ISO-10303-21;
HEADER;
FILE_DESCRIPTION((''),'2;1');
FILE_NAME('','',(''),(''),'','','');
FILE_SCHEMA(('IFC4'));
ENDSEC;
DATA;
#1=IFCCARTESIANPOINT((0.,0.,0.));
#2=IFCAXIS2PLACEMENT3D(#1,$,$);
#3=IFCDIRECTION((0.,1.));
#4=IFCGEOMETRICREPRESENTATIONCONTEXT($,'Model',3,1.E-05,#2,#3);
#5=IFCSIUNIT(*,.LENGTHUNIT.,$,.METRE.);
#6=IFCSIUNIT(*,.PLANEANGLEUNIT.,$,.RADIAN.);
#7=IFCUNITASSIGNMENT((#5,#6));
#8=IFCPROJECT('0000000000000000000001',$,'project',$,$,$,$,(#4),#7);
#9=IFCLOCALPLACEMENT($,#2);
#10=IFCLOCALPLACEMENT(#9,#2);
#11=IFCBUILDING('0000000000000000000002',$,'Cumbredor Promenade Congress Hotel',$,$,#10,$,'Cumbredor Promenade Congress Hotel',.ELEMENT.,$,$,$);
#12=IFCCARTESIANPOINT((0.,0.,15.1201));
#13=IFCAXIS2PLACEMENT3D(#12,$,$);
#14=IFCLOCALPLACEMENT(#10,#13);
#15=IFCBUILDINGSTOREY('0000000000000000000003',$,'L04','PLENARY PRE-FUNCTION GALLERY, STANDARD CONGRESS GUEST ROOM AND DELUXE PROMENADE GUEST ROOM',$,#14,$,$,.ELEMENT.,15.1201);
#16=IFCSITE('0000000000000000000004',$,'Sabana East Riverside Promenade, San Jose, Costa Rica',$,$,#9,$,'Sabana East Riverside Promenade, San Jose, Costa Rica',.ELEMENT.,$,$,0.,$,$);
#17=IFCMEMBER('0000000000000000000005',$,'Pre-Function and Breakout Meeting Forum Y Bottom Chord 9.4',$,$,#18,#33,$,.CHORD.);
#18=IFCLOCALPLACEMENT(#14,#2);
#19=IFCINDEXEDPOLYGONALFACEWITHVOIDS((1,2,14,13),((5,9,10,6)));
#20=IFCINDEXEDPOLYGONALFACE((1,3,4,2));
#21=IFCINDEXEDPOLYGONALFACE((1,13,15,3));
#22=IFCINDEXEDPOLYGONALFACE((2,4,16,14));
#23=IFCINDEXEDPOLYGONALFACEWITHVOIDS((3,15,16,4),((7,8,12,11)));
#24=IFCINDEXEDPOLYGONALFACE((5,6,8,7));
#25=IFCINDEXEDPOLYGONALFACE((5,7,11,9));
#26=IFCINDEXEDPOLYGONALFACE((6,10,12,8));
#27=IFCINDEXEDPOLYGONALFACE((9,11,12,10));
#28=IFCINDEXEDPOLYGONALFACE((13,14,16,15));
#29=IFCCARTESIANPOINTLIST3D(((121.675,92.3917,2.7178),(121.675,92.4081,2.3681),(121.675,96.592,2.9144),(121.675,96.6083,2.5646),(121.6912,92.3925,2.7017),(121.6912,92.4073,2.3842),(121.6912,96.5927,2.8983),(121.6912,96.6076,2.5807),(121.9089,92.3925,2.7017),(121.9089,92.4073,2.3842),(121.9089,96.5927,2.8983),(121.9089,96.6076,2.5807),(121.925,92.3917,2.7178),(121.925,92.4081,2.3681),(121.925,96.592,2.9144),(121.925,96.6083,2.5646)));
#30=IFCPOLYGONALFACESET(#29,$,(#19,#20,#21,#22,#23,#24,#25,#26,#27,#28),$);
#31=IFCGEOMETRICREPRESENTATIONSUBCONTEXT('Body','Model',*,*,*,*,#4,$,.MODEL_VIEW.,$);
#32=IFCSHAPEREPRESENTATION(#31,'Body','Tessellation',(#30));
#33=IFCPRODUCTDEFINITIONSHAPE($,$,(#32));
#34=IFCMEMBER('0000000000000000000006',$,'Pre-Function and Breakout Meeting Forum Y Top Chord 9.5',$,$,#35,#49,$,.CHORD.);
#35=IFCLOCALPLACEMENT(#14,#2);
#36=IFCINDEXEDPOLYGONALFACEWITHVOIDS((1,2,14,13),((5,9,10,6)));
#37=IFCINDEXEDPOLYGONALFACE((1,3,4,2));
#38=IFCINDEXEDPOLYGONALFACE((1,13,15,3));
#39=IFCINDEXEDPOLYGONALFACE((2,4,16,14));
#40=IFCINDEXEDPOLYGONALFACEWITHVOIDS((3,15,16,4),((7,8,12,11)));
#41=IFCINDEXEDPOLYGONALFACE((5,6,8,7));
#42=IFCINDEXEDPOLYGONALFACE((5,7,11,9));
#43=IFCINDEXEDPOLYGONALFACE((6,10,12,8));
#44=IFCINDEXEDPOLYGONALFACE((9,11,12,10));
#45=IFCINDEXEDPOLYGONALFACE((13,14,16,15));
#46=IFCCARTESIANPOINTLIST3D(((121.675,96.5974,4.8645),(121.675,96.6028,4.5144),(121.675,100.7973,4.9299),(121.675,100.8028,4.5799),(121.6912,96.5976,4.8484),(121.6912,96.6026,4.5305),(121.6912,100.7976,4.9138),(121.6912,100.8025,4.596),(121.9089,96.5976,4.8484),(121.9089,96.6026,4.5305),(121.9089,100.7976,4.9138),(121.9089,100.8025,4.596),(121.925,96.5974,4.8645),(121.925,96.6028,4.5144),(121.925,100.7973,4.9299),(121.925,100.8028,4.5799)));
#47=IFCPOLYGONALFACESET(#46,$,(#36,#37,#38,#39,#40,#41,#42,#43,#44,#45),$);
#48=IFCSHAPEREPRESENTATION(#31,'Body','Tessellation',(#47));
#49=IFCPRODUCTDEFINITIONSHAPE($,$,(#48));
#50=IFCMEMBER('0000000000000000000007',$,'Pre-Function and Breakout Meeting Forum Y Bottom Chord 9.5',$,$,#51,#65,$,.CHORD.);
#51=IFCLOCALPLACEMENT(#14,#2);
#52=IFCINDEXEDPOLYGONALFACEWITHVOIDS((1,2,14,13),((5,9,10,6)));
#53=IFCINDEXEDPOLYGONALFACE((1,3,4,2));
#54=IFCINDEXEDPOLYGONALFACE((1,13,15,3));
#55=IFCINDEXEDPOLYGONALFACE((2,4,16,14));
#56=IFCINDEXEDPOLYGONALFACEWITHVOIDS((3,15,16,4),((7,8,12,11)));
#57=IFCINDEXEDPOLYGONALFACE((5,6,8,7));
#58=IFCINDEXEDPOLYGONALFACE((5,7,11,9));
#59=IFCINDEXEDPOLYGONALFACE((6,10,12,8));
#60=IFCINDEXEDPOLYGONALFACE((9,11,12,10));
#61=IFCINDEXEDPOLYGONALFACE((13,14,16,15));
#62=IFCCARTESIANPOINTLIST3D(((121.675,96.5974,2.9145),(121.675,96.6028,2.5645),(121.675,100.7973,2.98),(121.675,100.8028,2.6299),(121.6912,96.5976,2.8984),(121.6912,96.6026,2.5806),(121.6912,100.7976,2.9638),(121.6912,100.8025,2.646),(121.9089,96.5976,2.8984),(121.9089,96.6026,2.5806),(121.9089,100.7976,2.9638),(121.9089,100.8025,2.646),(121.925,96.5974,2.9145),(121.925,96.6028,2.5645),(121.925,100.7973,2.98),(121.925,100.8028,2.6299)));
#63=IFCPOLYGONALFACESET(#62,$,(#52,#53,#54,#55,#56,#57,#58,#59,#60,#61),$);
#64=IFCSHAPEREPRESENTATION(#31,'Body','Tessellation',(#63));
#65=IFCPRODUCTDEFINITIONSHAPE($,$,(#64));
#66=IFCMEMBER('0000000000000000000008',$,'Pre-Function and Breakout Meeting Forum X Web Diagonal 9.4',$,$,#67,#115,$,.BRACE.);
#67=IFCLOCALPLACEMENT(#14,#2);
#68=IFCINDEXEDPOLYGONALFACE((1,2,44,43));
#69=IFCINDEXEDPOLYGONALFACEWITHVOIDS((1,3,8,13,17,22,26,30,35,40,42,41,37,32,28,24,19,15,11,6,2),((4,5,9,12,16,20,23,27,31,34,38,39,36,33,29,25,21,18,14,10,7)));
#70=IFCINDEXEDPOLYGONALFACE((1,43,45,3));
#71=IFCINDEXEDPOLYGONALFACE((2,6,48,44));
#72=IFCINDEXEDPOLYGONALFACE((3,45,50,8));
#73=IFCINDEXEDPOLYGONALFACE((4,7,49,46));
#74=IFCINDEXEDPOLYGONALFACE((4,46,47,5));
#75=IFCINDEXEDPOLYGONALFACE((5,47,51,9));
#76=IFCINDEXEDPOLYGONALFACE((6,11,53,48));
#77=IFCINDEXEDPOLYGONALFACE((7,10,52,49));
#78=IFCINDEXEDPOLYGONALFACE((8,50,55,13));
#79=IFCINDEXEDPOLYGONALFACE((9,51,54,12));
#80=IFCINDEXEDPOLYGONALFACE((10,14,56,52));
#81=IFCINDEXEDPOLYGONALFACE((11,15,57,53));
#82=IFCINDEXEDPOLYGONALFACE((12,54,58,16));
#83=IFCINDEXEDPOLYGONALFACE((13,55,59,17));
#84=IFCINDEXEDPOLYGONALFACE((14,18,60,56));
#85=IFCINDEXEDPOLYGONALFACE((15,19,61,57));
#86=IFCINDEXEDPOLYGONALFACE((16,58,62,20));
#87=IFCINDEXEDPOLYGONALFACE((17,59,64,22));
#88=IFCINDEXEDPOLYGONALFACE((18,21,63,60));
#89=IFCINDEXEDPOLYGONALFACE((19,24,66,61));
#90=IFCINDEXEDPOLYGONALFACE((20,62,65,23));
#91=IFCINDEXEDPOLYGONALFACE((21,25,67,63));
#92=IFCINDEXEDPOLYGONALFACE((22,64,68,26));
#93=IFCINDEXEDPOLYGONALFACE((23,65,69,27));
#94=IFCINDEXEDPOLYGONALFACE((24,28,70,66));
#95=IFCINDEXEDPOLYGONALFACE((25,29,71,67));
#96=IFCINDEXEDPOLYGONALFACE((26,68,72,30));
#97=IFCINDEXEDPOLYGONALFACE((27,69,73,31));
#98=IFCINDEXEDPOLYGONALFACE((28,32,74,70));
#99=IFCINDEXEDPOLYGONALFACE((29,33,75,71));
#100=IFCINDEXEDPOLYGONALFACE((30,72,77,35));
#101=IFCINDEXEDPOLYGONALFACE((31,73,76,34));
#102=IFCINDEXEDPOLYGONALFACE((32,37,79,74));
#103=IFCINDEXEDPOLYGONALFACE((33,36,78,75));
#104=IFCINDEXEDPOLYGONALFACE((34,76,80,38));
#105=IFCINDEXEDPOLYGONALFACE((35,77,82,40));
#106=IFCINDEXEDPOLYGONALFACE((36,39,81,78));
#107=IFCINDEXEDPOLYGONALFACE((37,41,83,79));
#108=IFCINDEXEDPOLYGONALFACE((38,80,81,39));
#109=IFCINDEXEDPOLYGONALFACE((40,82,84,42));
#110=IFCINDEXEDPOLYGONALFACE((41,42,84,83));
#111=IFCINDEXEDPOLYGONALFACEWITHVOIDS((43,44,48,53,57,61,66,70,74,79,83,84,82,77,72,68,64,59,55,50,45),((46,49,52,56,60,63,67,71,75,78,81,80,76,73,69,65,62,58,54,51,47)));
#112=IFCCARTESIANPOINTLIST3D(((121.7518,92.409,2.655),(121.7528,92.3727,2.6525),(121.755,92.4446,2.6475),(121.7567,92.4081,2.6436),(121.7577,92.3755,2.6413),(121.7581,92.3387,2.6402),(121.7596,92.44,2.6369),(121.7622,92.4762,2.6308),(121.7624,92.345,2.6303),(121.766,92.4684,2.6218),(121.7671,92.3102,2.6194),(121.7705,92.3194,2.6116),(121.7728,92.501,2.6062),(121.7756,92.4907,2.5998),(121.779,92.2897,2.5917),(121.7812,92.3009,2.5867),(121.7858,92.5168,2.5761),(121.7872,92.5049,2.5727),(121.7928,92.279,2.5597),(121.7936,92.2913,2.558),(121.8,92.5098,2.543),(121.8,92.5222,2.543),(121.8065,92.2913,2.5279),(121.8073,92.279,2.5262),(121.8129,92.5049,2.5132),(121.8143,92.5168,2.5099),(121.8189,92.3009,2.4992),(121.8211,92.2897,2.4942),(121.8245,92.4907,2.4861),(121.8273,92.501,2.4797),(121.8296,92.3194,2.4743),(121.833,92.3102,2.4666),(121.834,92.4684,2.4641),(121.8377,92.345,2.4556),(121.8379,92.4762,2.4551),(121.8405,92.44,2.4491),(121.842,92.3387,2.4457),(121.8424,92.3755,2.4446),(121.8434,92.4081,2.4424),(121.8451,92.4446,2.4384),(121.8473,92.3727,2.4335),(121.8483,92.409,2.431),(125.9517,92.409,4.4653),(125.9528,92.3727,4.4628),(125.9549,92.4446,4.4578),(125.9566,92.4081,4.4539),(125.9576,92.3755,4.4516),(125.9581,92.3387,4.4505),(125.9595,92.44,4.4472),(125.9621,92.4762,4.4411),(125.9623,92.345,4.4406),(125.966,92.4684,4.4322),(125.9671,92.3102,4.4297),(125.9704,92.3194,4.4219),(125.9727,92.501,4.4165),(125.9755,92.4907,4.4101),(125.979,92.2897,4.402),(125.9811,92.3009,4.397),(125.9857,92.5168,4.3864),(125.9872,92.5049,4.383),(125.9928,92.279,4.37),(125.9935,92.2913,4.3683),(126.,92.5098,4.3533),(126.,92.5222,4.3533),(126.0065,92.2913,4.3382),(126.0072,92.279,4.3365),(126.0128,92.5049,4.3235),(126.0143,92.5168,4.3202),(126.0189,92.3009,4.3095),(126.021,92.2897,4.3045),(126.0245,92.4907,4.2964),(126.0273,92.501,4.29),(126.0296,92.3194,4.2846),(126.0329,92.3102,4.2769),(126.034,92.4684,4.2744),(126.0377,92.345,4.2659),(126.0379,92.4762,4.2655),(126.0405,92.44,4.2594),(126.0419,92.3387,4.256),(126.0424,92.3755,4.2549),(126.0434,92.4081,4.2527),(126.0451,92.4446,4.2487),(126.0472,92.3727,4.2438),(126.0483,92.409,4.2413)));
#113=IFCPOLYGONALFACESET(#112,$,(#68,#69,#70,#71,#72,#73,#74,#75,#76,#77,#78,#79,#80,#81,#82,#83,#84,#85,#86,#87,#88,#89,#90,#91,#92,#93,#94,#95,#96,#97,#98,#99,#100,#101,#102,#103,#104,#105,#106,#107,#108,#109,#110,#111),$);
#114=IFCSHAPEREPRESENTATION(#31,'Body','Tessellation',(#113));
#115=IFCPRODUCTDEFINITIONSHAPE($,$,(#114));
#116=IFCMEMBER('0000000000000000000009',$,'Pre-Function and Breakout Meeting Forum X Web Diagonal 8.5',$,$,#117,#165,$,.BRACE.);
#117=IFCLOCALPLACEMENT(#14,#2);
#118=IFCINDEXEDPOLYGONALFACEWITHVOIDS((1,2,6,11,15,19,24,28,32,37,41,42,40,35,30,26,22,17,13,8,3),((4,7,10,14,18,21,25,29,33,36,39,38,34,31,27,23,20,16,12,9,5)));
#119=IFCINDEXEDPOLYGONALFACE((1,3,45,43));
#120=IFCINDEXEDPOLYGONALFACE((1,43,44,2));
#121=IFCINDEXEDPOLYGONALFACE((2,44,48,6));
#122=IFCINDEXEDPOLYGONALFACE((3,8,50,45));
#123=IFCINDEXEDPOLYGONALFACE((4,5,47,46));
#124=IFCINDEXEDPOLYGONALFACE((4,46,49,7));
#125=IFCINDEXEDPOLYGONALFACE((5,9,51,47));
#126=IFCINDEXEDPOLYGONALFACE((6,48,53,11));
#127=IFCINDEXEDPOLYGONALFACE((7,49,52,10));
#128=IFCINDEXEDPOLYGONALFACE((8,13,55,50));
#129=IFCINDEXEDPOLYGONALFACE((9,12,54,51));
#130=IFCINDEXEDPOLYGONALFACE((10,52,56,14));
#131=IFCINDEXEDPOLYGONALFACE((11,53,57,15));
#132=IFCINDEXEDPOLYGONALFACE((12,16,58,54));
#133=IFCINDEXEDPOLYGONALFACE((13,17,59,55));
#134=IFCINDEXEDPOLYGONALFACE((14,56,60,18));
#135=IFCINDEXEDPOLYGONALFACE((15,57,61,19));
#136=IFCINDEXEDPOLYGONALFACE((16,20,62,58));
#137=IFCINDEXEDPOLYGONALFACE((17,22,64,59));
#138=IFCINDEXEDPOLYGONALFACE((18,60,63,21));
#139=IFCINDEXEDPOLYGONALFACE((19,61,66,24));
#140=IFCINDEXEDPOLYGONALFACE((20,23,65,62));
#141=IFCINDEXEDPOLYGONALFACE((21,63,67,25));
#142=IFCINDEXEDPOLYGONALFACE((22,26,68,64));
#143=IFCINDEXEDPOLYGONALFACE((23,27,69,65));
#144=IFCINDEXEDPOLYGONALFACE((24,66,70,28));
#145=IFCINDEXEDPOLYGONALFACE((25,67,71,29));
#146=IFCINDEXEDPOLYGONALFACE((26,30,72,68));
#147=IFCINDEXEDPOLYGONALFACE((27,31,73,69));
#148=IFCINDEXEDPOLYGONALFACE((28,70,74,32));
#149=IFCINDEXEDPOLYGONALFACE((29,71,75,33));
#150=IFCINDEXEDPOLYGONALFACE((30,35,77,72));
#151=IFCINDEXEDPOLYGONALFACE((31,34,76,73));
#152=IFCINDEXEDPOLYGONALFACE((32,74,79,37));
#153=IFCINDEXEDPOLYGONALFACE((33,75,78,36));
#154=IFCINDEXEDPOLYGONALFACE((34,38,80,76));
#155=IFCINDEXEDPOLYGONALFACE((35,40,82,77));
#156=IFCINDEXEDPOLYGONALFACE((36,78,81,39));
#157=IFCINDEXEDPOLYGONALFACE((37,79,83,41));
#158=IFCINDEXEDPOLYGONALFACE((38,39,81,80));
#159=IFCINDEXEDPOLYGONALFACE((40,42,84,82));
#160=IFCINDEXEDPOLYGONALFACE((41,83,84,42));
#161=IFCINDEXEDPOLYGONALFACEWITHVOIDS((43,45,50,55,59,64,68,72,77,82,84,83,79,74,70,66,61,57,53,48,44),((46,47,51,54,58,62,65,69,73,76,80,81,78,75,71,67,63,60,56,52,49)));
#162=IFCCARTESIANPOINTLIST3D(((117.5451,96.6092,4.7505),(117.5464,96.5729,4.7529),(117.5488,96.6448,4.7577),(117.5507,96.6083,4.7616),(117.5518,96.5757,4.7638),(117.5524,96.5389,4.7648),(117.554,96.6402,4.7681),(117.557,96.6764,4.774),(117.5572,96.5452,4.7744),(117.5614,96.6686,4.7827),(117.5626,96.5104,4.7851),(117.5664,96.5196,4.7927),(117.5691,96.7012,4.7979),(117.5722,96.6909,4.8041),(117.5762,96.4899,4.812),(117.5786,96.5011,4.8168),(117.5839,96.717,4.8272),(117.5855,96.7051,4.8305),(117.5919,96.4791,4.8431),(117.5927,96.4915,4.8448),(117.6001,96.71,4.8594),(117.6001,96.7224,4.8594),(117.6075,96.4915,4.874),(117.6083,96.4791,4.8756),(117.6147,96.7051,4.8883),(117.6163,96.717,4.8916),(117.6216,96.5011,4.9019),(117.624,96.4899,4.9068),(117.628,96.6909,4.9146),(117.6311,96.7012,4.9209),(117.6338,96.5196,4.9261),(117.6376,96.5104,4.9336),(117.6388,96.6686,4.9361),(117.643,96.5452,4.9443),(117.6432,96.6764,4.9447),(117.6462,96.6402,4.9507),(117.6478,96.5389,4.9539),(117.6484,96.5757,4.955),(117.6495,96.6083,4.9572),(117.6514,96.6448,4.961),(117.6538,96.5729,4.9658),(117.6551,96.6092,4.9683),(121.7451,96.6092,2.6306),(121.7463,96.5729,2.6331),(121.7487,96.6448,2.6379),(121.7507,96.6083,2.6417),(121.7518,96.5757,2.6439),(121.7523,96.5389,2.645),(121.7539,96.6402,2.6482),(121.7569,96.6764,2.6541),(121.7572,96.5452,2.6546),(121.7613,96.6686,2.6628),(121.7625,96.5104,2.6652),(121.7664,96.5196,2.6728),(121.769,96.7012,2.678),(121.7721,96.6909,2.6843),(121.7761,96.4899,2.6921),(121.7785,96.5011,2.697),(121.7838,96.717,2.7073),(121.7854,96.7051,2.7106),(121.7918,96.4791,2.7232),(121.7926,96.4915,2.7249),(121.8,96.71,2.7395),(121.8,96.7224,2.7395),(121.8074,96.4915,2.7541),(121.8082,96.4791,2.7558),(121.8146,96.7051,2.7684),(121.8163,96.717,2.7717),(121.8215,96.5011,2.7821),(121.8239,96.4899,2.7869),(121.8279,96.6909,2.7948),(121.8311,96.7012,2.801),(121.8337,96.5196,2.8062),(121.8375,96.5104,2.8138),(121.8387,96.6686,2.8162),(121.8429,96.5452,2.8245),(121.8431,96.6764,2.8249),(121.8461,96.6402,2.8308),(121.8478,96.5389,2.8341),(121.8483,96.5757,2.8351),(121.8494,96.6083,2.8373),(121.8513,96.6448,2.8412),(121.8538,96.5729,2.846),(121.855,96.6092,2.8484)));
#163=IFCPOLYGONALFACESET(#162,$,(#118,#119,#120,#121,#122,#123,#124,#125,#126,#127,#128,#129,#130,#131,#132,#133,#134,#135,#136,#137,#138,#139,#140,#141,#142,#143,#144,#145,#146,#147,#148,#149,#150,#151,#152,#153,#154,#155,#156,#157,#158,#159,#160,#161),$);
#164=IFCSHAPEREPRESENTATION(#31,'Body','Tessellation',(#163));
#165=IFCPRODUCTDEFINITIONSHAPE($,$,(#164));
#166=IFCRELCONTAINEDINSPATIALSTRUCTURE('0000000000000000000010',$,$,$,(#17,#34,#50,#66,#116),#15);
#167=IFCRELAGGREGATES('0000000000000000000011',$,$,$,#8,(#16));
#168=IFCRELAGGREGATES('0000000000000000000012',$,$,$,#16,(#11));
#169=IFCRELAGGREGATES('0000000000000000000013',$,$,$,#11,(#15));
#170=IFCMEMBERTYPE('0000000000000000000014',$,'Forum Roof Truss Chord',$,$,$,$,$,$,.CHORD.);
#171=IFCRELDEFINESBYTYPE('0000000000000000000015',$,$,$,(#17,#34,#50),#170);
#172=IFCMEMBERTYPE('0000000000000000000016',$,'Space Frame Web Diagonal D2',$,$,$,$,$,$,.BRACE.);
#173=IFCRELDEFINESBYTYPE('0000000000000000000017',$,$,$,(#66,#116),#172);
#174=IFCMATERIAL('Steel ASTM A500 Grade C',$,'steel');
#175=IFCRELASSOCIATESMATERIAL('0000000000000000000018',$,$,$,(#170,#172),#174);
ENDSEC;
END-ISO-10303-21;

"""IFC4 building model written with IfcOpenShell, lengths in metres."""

from ifc_helpers import new_model, si_unit, direction, frame, origin, origin_2d, place, context, subcontext, project, spatial, hollow_rectangle, hollow_circle, extrude, material, material_profile, profile_set, type_object, element, save


model = new_model("IFC4")

# Units and contexts
model_context = context("Model", 3, precision=1e-05, world=origin(), true_north=direction((0.0, 1.0)))
body_context = subcontext(model_context, "Body", "Model", "MODEL_VIEW")
ifc_project = project(units=[si_unit("LENGTHUNIT", "METRE"), si_unit("PLANEANGLEUNIT", "RADIAN")], contexts=[model_context])

# Site, building, storey
site_placement = place(None, origin())
site = spatial("IfcSite", under=ifc_project, at=site_placement, Name="Sabana East Riverside Promenade, San Jose, Costa Rica", LongName="Sabana East Riverside Promenade, San Jose, Costa Rica", CompositionType="ELEMENT", RefElevation=0.0)
building_placement = place(site_placement, origin())
building = spatial("IfcBuilding", under=site, at=building_placement, Name="Cumbredor Promenade Congress Hotel", LongName="Cumbredor Promenade Congress Hotel", CompositionType="ELEMENT")
storey_placement = place(building_placement, frame((0.0, 0.0, 15.1201)))
storey = spatial("IfcBuildingStorey", under=building, at=storey_placement, Name="L04", Description="PLENARY PRE-FUNCTION GALLERY, STANDARD CONGRESS GUEST ROOM AND DELUXE PROMENADE GUEST ROOM", CompositionType="ELEMENT", Elevation=15.1201)

# Members
ifc_material_1 = material(Name="Steel ASTM A500 Grade C", Category="steel")
ifc_material_profile_1 = material_profile(ifc_material_1, hollow_rectangle(XDim=0.25, YDim=0.3501, WallThickness=0.0161, at=origin_2d()), Name="HSS 350x250x16")
ifc_profile_set_1 = profile_set([ifc_material_profile_1], Name="Steel ASTM A500 Grade C")
member_type_1 = type_object("IfcMemberType", Name="Forum Roof Truss Chord", PredefinedType="CHORD", material=ifc_profile_set_1)
for number, where, z_axis, x_axis, name in (
    (1, (121.8, 92.3999, 2.543), (0.0, 0.998907, 0.04674), (-1.0, 0.0, 0.0), "Pre-Function and Breakout Meeting Forum Y Bottom Chord 9.4"),
):
    element("IfcMember", number, at=place(storey_placement, frame(where, z_axis=z_axis, x_axis=x_axis)), inside=storey, type_object=member_type_1, Name=name, PredefinedType="CHORD", context=body_context, shape_type="SweptSolid", body=[
        extrude(hollow_rectangle(XDim=0.25, YDim=0.3501, WallThickness=0.0161, at=origin_2d()), origin(), (0.0, 0.0, 1.0), 4.2048),
    ])
for number, where, z_axis, x_axis, name in (
    (2, (121.8, 96.6001, 4.6895), (0.0, 0.999879, 0.015577), (-1.0, 0.0, 0.0), "Pre-Function and Breakout Meeting Forum Y Top Chord 9.5"),
    (3, (121.8, 96.6001, 2.7395), (0.0, 0.999879, 0.015577), (-1.0, 0.0, 0.0), "Pre-Function and Breakout Meeting Forum Y Bottom Chord 9.5"),
):
    element("IfcMember", number, at=place(storey_placement, frame(where, z_axis=z_axis, x_axis=x_axis)), inside=storey, type_object=member_type_1, Name=name, PredefinedType="CHORD", context=body_context, shape_type="SweptSolid", body=[
        extrude(hollow_rectangle(XDim=0.25, YDim=0.3501, WallThickness=0.0161, at=origin_2d()), origin(), (0.0, 0.0, 1.0), 4.2004),
    ])
ifc_material_profile_2 = material_profile(ifc_material_1, hollow_circle(Radius=0.1223, WallThickness=0.0125, at=origin_2d()), Name="CHS 244.5x12.5")
ifc_profile_set_2 = profile_set([ifc_material_profile_2], Name="Steel ASTM A500 Grade C")
member_type_2 = type_object("IfcMemberType", Name="Space Frame Web Diagonal D2", PredefinedType="BRACE", material=ifc_profile_set_2)
member_1_placement = place(storey_placement, frame((121.8, 92.3999, 2.543), z_axis=(0.918326, 0.0, 0.395825), x_axis=(0.0, 1.0, 0.0)))
element("IfcMember", 4, at=member_1_placement, inside=storey, type_object=member_type_2, Name="Pre-Function and Breakout Meeting Forum X Web Diagonal 9.4", PredefinedType="BRACE", context=body_context, shape_type="SweptSolid", body=[
    extrude(hollow_circle(Radius=0.1223, WallThickness=0.0125, at=origin_2d()), origin(), (0.0, 0.0, 1.0), 4.5735),
])
member_2_placement = place(storey_placement, frame((117.6001, 96.6001, 4.8594), z_axis=(0.892729, 0.0, -0.450594), x_axis=(0.0, 1.0, 0.0)))
element("IfcMember", 5, at=member_2_placement, inside=storey, type_object=member_type_2, Name="Pre-Function and Breakout Meeting Forum X Web Diagonal 8.5", PredefinedType="BRACE", context=body_context, shape_type="SweptSolid", body=[
    extrude(hollow_circle(Radius=0.1223, WallThickness=0.0125, at=origin_2d()), origin(), (0.0, 0.0, 1.0), 4.7046),
])

save(model, "model.ifc")
